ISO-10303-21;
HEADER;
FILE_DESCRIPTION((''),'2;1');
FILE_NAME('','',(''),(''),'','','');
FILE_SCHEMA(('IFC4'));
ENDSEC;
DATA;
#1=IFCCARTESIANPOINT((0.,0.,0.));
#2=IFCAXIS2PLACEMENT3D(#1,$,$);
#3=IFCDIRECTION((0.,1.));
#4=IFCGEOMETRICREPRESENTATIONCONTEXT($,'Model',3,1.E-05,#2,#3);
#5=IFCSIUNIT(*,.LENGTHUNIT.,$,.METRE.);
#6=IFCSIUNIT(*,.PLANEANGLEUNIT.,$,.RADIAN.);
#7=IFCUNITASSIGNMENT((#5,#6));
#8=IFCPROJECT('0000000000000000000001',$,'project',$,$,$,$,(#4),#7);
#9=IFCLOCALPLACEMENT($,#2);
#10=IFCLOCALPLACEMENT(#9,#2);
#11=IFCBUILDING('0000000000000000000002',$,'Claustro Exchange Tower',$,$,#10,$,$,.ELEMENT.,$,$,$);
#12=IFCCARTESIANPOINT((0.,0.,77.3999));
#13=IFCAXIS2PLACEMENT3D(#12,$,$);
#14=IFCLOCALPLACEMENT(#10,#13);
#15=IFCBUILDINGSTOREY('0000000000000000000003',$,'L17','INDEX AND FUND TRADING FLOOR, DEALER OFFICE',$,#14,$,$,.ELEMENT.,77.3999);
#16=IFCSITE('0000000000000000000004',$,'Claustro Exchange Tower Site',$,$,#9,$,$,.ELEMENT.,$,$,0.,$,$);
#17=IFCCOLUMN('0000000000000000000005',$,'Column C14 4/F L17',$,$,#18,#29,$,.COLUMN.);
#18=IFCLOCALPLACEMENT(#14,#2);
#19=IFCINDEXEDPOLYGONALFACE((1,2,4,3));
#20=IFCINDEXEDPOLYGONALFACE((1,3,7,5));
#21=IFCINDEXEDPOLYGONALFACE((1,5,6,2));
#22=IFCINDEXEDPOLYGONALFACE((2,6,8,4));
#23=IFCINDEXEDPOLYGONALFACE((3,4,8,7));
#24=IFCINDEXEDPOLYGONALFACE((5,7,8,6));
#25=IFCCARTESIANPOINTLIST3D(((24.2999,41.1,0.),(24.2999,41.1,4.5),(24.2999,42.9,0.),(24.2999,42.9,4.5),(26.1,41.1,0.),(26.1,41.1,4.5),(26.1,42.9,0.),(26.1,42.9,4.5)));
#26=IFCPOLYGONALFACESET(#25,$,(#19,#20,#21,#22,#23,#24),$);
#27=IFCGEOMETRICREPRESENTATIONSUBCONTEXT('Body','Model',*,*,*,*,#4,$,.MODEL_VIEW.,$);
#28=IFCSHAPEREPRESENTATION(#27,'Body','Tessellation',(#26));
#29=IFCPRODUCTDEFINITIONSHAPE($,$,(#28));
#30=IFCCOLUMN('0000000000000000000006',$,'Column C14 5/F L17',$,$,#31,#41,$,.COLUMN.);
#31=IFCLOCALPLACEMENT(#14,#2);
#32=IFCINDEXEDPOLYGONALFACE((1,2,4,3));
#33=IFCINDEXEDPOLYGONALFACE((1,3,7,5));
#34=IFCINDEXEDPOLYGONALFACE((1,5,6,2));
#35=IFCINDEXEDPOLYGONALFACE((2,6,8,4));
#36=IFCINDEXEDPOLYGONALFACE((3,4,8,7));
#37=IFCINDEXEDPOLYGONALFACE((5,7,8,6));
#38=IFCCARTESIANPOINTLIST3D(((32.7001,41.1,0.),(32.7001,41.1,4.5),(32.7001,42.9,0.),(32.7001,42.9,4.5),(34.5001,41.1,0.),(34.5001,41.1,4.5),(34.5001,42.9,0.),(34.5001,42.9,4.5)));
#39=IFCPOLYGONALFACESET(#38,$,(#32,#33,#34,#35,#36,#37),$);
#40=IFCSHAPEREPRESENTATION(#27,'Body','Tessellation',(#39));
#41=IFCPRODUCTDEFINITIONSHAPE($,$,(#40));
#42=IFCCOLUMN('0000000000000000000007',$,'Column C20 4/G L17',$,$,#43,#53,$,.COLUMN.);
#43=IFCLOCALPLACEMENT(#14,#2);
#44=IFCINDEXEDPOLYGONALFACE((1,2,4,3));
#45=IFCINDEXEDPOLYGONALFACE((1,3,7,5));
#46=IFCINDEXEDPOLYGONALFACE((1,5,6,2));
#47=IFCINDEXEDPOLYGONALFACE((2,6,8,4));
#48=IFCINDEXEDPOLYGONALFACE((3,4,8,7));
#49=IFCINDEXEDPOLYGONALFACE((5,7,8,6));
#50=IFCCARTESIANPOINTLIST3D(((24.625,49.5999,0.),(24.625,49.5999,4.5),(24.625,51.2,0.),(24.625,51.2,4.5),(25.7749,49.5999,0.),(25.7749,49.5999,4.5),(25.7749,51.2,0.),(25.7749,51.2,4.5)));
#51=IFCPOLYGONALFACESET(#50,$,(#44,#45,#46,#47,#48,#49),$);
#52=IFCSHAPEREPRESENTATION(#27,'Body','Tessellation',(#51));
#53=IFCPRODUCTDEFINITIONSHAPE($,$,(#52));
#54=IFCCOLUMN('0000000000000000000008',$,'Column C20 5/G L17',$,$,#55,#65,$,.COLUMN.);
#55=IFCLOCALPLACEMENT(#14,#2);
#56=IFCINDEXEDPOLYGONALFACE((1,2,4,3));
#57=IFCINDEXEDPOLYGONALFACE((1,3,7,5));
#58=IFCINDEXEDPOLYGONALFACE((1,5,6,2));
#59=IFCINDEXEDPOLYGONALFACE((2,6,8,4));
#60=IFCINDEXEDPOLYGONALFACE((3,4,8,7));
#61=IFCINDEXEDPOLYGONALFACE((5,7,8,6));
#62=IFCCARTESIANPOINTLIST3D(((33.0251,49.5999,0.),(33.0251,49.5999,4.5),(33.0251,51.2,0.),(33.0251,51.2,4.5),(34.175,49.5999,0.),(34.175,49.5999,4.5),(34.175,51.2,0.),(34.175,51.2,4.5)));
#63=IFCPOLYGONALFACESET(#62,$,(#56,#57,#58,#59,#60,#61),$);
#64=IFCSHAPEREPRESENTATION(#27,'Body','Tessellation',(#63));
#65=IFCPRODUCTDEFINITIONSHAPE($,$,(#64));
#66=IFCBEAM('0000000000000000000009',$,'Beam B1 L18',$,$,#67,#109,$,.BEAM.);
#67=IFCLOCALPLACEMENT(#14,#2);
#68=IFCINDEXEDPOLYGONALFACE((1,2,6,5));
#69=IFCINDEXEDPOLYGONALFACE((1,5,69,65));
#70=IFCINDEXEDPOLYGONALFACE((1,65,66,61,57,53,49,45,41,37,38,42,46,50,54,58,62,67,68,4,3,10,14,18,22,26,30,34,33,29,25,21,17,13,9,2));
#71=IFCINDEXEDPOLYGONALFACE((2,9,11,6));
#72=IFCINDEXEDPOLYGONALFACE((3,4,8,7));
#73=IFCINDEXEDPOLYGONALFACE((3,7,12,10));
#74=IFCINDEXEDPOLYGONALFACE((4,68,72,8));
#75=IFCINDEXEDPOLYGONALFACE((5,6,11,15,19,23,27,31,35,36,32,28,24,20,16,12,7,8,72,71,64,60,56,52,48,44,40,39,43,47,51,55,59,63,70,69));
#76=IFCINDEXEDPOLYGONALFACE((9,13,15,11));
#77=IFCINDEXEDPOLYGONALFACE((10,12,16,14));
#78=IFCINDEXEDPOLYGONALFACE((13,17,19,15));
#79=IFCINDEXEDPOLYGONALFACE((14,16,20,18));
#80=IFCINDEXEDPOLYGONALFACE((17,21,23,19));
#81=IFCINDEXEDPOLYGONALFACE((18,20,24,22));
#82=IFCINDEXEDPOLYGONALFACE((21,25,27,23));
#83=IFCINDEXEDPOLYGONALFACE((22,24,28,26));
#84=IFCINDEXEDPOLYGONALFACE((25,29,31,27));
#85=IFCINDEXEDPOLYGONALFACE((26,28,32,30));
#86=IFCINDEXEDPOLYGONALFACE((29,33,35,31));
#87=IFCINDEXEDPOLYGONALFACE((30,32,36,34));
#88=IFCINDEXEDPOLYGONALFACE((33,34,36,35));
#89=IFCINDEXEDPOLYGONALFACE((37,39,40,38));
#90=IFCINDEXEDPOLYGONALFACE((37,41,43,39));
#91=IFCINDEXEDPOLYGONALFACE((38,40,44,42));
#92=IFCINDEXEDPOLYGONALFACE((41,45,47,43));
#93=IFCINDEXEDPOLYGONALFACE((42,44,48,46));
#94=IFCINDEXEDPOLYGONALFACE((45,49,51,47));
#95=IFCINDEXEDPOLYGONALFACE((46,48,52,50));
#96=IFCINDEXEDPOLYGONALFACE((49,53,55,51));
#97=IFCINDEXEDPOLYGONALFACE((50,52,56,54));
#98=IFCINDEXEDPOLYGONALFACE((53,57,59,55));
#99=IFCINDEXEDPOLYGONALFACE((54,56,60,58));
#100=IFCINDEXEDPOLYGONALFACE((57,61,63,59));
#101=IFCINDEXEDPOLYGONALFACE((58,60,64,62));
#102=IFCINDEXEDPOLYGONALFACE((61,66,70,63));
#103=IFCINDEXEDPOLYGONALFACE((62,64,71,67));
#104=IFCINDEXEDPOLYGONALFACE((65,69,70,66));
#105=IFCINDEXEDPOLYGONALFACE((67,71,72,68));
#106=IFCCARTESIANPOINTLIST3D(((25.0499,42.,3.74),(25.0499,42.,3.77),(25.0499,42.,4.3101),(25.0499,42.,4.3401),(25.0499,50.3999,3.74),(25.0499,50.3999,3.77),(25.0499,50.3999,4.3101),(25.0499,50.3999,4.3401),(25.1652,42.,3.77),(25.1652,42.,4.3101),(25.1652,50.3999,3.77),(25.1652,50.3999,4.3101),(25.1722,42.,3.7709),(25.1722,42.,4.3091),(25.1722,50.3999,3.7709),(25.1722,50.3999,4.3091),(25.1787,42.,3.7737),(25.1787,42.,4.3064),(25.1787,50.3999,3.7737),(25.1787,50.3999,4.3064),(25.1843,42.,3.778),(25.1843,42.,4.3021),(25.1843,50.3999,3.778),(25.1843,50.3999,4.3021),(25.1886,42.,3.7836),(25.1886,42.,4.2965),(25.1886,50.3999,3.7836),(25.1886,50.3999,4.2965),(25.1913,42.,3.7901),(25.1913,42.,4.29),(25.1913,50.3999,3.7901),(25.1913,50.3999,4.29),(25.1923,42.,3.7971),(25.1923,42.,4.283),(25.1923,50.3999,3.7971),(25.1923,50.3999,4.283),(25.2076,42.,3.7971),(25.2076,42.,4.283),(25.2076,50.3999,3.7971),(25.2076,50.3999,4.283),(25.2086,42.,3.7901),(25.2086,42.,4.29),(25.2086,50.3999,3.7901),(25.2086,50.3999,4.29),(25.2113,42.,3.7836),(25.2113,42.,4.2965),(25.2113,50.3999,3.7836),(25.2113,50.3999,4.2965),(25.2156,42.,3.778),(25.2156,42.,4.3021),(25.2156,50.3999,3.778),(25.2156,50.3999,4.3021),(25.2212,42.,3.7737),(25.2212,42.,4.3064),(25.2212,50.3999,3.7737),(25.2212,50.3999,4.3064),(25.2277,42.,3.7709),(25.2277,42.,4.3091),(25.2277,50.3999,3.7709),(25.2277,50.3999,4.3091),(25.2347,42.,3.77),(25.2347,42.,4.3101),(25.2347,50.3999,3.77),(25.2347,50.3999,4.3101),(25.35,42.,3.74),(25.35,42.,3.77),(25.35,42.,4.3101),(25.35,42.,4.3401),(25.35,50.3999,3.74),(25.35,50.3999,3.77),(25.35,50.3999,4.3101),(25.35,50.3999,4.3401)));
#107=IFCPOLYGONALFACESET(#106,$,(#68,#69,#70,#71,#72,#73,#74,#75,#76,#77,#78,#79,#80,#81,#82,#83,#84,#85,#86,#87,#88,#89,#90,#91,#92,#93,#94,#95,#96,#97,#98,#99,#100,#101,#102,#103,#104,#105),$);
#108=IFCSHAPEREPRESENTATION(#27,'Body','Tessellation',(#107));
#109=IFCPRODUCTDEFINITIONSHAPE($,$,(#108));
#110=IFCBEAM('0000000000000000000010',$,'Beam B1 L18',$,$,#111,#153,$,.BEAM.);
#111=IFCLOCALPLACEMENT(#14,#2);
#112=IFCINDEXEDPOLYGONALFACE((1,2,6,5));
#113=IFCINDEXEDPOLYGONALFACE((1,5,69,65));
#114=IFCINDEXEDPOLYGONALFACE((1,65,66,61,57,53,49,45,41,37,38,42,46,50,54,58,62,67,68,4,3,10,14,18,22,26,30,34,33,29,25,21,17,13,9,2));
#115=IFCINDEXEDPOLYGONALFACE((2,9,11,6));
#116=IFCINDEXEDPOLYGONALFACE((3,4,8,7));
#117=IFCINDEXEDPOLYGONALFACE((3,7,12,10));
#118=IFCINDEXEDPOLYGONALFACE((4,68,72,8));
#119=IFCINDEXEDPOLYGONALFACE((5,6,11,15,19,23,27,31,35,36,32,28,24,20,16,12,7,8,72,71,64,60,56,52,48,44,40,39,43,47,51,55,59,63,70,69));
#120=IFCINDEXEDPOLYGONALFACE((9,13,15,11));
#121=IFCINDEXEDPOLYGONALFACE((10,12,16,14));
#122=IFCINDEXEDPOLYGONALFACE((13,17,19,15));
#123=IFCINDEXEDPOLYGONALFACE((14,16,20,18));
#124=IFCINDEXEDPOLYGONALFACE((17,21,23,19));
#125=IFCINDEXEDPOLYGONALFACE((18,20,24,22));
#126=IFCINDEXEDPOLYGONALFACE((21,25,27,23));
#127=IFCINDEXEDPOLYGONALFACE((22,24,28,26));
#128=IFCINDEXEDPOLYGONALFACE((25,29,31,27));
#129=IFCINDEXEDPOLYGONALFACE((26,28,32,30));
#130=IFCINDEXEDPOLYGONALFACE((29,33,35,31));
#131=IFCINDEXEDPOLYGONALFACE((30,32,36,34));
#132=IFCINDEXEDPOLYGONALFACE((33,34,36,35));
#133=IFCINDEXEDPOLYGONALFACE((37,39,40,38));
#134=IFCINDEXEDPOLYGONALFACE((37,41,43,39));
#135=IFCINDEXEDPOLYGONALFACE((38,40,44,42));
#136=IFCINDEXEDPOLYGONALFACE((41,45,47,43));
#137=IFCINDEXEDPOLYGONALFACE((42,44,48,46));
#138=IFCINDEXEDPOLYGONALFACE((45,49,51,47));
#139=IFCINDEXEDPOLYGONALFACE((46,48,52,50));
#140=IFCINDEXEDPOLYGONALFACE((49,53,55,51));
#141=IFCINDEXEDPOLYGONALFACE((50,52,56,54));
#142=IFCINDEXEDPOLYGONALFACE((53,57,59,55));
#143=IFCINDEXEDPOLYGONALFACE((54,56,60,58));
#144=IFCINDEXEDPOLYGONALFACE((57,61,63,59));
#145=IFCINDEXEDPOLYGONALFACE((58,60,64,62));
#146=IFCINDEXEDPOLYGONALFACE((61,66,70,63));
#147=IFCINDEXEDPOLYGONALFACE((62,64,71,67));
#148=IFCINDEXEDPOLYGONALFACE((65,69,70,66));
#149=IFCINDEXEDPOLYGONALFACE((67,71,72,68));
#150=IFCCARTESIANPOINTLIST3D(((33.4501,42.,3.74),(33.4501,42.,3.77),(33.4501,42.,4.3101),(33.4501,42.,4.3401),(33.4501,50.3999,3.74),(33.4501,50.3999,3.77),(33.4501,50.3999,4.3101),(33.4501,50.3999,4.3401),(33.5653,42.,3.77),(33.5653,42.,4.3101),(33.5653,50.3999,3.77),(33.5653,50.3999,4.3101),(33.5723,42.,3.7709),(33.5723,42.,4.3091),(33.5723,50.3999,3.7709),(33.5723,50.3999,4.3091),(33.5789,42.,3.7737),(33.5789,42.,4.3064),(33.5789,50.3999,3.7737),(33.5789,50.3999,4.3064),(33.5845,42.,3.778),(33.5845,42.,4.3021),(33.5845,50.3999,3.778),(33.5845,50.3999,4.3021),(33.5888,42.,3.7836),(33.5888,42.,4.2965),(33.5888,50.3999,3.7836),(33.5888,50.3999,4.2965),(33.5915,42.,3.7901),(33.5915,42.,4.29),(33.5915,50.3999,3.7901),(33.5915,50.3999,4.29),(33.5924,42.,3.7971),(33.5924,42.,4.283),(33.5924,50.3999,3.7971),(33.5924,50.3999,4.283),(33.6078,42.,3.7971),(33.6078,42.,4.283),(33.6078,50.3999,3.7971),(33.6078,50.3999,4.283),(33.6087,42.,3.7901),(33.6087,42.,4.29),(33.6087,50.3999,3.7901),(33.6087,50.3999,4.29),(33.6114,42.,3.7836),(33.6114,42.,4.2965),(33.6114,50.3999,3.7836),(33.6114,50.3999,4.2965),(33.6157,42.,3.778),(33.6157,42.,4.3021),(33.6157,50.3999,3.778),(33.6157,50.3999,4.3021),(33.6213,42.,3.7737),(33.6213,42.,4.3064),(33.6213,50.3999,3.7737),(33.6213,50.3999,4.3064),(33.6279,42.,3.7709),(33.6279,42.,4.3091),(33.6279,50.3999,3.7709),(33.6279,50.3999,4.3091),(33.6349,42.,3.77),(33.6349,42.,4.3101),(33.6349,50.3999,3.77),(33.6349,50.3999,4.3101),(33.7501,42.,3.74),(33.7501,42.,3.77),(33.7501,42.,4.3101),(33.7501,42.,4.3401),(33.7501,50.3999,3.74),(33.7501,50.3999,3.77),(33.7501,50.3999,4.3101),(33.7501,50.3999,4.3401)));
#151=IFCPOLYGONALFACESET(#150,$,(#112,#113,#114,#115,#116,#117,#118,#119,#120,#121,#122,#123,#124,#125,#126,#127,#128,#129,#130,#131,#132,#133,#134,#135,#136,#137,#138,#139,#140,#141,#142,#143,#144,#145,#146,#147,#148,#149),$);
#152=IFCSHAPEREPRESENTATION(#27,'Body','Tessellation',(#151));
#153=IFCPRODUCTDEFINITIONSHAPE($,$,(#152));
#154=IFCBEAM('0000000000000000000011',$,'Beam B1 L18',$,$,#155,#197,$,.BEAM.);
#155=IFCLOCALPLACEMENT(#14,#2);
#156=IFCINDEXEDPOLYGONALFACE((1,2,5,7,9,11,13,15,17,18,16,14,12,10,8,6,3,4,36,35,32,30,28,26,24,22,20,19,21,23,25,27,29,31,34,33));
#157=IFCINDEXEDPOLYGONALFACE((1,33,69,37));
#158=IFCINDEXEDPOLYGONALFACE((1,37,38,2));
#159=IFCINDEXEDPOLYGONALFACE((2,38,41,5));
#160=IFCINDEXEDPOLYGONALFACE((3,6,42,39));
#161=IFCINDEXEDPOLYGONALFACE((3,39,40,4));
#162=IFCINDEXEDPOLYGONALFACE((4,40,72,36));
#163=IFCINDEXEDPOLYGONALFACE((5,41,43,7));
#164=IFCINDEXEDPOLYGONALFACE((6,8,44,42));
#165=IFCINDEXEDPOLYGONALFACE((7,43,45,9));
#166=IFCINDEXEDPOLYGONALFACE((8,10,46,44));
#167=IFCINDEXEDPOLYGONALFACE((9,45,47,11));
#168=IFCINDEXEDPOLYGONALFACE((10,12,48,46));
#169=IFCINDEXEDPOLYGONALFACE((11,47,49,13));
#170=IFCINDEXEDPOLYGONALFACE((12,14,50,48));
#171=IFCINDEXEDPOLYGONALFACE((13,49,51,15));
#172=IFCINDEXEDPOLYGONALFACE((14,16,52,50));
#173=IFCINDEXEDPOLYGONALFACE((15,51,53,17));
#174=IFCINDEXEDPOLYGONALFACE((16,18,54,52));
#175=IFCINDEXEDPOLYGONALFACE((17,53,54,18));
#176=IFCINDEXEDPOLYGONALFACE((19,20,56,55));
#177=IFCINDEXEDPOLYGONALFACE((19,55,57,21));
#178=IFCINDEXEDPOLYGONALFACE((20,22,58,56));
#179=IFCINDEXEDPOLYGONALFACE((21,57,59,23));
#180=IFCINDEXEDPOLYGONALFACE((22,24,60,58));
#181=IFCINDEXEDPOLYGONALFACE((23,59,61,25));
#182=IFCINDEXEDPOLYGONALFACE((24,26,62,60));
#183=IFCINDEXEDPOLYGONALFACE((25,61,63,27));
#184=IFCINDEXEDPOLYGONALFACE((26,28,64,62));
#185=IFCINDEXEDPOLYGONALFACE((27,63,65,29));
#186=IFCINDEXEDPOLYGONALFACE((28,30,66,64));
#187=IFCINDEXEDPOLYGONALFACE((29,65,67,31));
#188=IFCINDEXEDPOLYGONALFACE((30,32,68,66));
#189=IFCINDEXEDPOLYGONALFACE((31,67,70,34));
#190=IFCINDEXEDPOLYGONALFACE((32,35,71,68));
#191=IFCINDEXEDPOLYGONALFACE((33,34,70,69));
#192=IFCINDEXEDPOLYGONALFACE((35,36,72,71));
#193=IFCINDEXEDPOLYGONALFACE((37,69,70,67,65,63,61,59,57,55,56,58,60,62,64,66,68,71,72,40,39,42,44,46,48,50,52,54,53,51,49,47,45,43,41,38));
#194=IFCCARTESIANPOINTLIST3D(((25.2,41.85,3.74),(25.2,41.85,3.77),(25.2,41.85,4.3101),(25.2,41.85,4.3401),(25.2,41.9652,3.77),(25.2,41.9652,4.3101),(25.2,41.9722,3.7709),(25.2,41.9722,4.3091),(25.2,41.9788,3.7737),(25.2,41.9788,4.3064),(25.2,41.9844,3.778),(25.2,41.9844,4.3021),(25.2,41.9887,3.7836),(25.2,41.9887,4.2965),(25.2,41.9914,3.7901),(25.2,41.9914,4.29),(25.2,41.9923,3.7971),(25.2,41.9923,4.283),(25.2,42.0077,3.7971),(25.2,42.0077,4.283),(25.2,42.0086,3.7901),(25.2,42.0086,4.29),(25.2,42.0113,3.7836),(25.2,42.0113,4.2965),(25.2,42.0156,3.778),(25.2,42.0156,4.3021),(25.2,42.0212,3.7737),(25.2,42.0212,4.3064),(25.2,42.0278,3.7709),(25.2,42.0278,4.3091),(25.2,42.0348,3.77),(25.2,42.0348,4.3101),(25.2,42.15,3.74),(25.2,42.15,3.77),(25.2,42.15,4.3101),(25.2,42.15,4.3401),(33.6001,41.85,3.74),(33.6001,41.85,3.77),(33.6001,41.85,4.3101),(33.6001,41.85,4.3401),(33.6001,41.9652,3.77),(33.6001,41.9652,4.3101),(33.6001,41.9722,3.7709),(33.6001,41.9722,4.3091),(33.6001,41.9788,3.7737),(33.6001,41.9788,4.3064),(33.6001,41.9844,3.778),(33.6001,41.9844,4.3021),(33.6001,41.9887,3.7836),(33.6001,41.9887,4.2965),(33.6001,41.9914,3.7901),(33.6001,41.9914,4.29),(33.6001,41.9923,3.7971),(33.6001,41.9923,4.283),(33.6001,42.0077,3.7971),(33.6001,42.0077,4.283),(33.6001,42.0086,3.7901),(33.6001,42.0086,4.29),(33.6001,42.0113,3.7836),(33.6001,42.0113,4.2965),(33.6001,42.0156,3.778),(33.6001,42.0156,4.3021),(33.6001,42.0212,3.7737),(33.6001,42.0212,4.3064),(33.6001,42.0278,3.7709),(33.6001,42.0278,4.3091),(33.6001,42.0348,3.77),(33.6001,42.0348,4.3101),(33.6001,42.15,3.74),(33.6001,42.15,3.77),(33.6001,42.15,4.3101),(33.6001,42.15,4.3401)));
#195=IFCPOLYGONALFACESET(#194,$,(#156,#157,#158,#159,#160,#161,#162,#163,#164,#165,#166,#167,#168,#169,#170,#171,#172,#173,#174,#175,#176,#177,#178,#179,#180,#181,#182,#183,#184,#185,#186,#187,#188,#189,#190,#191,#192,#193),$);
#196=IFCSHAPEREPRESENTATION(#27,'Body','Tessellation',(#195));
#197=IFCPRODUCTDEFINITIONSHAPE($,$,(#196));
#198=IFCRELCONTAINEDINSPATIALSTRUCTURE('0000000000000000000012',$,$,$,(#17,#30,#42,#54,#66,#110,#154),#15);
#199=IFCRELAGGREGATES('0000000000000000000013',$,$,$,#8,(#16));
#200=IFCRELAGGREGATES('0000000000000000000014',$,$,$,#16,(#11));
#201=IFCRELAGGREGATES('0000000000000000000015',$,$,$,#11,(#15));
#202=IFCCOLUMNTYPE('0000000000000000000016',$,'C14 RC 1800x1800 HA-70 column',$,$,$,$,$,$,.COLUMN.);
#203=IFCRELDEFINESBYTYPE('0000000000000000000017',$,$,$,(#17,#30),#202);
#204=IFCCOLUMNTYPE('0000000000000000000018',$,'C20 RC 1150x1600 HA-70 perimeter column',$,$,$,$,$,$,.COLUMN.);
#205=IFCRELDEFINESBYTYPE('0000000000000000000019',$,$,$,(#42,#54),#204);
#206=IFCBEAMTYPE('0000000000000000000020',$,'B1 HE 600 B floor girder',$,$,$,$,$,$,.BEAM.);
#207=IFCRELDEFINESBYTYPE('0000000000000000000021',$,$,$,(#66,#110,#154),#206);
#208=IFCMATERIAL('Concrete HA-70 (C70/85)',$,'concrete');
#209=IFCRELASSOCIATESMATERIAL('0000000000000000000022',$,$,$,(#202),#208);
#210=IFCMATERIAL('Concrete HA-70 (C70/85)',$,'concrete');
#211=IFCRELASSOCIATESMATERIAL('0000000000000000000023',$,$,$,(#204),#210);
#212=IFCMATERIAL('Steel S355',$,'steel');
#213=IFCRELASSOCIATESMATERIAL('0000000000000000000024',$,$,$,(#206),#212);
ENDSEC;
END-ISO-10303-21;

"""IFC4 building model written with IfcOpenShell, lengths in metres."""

from ifc_helpers import new_model, si_unit, direction, frame, origin, origin_2d, place, context, subcontext, project, spatial, rectangle, i_section, extrude, material, material_profile, profile_set, type_object, element, save


model = new_model("IFC4")

# Units and contexts
model_context = context("Model", 3, precision=1e-05, world=origin(), true_north=direction((0.0, 1.0)))
body_context = subcontext(model_context, "Body", "Model", "MODEL_VIEW")
ifc_project = project(units=[si_unit("LENGTHUNIT", "METRE"), si_unit("PLANEANGLEUNIT", "RADIAN")], contexts=[model_context])

# Site, building, storey
site_placement = place(None, origin())
site = spatial("IfcSite", under=ifc_project, at=site_placement, Name="Claustro Exchange Tower Site", CompositionType="ELEMENT", RefElevation=0.0)
building_placement = place(site_placement, origin())
building = spatial("IfcBuilding", under=site, at=building_placement, Name="Claustro Exchange Tower", CompositionType="ELEMENT")
storey_placement = place(building_placement, frame((0.0, 0.0, 77.3999)))
storey = spatial("IfcBuildingStorey", under=building, at=storey_placement, Name="L17", Description="INDEX AND FUND TRADING FLOOR, DEALER OFFICE", CompositionType="ELEMENT", Elevation=77.3999)

# Columns
ifc_material_1 = material(Name="Concrete HA-70 (C70/85)", Category="concrete")
ifc_material_profile_1 = material_profile(ifc_material_1, rectangle(XDim=1.8, YDim=1.8, at=origin_2d()), Name="RC 1800x1800")
ifc_profile_set_1 = profile_set([ifc_material_profile_1], Name="Concrete HA-70 (C70/85)")
column_type_1 = type_object("IfcColumnType", Name="C14 RC 1800x1800 HA-70 column", PredefinedType="COLUMN", material=ifc_profile_set_1)
for number, where, z_axis, x_axis, name in (
    (1, (25.2, 42.0, 0.0), (0.0, 0.0, 1.0), (1.0, 0.0, 0.0), "Column C14 4/F L17"),
    (2, (33.6001, 42.0, 0.0), (0.0, 0.0, 1.0), (1.0, 0.0, 0.0), "Column C14 5/F L17"),
):
    element("IfcColumn", number, at=place(storey_placement, frame(where, z_axis=z_axis, x_axis=x_axis)), inside=storey, type_object=column_type_1, Name=name, PredefinedType="COLUMN", context=body_context, shape_type="SweptSolid", body=[
        extrude(rectangle(XDim=1.8, YDim=1.8, at=origin_2d()), origin(), (0.0, 0.0, 1.0), 4.5),
    ])
ifc_material_2 = material(Name="Concrete HA-70 (C70/85)", Category="concrete")
ifc_material_profile_2 = material_profile(ifc_material_2, rectangle(XDim=1.1499, YDim=1.6001, at=origin_2d()), Name="RC 1150x1600")
ifc_profile_set_2 = profile_set([ifc_material_profile_2], Name="Concrete HA-70 (C70/85)")
column_type_2 = type_object("IfcColumnType", Name="C20 RC 1150x1600 HA-70 perimeter column", PredefinedType="COLUMN", material=ifc_profile_set_2)
for number, where, z_axis, x_axis, name in (
    (3, (25.2, 50.3999, 0.0), (0.0, 0.0, 1.0), (1.0, 0.0, 0.0), "Column C20 4/G L17"),
    (4, (33.6001, 50.3999, 0.0), (0.0, 0.0, 1.0), (1.0, 0.0, 0.0), "Column C20 5/G L17"),
):
    element("IfcColumn", number, at=place(storey_placement, frame(where, z_axis=z_axis, x_axis=x_axis)), inside=storey, type_object=column_type_2, Name=name, PredefinedType="COLUMN", context=body_context, shape_type="SweptSolid", body=[
        extrude(rectangle(XDim=1.1499, YDim=1.6001, at=origin_2d()), origin(), (0.0, 0.0, 1.0), 4.5),
    ])

# Beams
ifc_material_3 = material(Name="Steel S355", Category="steel")
ifc_material_profile_3 = material_profile(ifc_material_3, i_section(OverallWidth=0.3, OverallDepth=0.6001, WebThickness=0.0154, FlangeThickness=0.03, FilletRadius=0.0271, at=origin_2d()), Name="HE 600 B")
ifc_profile_set_3 = profile_set([ifc_material_profile_3], Name="Steel S355")
beam_type_1 = type_object("IfcBeamType", Name="B1 HE 600 B floor girder", PredefinedType="BEAM", material=ifc_profile_set_3)
for number, where, z_axis, x_axis, name in (
    (5, (25.2, 42.0, 4.04), (0.0, 1.0, 0.0), (-1.0, 0.0, 0.0), "Beam B1 L18"),
    (6, (33.6001, 42.0, 4.04), (0.0, 1.0, 0.0), (-1.0, 0.0, 0.0), "Beam B1 L18"),
):
    element("IfcBeam", number, at=place(storey_placement, frame(where, z_axis=z_axis, x_axis=x_axis)), inside=storey, type_object=beam_type_1, Name=name, PredefinedType="BEAM", context=body_context, shape_type="SweptSolid", body=[
        extrude(i_section(OverallWidth=0.3, OverallDepth=0.6001, WebThickness=0.0154, FlangeThickness=0.03, FilletRadius=0.0271, at=origin_2d()), origin(), (0.0, 0.0, 1.0), 8.3999),
    ])
beam_1_placement = place(storey_placement, frame((25.2, 42.0, 4.04), z_axis=(1.0, 0.0, 0.0), x_axis=(0.0, 1.0, 0.0)))
element("IfcBeam", 7, at=beam_1_placement, inside=storey, type_object=beam_type_1, Name="Beam B1 L18", PredefinedType="BEAM", context=body_context, shape_type="SweptSolid", body=[
    extrude(i_section(OverallWidth=0.3, OverallDepth=0.6001, WebThickness=0.0154, FlangeThickness=0.03, FilletRadius=0.0271, at=origin_2d()), origin(), (0.0, 0.0, 1.0), 8.4001),
])

save(model, "model.ifc")
